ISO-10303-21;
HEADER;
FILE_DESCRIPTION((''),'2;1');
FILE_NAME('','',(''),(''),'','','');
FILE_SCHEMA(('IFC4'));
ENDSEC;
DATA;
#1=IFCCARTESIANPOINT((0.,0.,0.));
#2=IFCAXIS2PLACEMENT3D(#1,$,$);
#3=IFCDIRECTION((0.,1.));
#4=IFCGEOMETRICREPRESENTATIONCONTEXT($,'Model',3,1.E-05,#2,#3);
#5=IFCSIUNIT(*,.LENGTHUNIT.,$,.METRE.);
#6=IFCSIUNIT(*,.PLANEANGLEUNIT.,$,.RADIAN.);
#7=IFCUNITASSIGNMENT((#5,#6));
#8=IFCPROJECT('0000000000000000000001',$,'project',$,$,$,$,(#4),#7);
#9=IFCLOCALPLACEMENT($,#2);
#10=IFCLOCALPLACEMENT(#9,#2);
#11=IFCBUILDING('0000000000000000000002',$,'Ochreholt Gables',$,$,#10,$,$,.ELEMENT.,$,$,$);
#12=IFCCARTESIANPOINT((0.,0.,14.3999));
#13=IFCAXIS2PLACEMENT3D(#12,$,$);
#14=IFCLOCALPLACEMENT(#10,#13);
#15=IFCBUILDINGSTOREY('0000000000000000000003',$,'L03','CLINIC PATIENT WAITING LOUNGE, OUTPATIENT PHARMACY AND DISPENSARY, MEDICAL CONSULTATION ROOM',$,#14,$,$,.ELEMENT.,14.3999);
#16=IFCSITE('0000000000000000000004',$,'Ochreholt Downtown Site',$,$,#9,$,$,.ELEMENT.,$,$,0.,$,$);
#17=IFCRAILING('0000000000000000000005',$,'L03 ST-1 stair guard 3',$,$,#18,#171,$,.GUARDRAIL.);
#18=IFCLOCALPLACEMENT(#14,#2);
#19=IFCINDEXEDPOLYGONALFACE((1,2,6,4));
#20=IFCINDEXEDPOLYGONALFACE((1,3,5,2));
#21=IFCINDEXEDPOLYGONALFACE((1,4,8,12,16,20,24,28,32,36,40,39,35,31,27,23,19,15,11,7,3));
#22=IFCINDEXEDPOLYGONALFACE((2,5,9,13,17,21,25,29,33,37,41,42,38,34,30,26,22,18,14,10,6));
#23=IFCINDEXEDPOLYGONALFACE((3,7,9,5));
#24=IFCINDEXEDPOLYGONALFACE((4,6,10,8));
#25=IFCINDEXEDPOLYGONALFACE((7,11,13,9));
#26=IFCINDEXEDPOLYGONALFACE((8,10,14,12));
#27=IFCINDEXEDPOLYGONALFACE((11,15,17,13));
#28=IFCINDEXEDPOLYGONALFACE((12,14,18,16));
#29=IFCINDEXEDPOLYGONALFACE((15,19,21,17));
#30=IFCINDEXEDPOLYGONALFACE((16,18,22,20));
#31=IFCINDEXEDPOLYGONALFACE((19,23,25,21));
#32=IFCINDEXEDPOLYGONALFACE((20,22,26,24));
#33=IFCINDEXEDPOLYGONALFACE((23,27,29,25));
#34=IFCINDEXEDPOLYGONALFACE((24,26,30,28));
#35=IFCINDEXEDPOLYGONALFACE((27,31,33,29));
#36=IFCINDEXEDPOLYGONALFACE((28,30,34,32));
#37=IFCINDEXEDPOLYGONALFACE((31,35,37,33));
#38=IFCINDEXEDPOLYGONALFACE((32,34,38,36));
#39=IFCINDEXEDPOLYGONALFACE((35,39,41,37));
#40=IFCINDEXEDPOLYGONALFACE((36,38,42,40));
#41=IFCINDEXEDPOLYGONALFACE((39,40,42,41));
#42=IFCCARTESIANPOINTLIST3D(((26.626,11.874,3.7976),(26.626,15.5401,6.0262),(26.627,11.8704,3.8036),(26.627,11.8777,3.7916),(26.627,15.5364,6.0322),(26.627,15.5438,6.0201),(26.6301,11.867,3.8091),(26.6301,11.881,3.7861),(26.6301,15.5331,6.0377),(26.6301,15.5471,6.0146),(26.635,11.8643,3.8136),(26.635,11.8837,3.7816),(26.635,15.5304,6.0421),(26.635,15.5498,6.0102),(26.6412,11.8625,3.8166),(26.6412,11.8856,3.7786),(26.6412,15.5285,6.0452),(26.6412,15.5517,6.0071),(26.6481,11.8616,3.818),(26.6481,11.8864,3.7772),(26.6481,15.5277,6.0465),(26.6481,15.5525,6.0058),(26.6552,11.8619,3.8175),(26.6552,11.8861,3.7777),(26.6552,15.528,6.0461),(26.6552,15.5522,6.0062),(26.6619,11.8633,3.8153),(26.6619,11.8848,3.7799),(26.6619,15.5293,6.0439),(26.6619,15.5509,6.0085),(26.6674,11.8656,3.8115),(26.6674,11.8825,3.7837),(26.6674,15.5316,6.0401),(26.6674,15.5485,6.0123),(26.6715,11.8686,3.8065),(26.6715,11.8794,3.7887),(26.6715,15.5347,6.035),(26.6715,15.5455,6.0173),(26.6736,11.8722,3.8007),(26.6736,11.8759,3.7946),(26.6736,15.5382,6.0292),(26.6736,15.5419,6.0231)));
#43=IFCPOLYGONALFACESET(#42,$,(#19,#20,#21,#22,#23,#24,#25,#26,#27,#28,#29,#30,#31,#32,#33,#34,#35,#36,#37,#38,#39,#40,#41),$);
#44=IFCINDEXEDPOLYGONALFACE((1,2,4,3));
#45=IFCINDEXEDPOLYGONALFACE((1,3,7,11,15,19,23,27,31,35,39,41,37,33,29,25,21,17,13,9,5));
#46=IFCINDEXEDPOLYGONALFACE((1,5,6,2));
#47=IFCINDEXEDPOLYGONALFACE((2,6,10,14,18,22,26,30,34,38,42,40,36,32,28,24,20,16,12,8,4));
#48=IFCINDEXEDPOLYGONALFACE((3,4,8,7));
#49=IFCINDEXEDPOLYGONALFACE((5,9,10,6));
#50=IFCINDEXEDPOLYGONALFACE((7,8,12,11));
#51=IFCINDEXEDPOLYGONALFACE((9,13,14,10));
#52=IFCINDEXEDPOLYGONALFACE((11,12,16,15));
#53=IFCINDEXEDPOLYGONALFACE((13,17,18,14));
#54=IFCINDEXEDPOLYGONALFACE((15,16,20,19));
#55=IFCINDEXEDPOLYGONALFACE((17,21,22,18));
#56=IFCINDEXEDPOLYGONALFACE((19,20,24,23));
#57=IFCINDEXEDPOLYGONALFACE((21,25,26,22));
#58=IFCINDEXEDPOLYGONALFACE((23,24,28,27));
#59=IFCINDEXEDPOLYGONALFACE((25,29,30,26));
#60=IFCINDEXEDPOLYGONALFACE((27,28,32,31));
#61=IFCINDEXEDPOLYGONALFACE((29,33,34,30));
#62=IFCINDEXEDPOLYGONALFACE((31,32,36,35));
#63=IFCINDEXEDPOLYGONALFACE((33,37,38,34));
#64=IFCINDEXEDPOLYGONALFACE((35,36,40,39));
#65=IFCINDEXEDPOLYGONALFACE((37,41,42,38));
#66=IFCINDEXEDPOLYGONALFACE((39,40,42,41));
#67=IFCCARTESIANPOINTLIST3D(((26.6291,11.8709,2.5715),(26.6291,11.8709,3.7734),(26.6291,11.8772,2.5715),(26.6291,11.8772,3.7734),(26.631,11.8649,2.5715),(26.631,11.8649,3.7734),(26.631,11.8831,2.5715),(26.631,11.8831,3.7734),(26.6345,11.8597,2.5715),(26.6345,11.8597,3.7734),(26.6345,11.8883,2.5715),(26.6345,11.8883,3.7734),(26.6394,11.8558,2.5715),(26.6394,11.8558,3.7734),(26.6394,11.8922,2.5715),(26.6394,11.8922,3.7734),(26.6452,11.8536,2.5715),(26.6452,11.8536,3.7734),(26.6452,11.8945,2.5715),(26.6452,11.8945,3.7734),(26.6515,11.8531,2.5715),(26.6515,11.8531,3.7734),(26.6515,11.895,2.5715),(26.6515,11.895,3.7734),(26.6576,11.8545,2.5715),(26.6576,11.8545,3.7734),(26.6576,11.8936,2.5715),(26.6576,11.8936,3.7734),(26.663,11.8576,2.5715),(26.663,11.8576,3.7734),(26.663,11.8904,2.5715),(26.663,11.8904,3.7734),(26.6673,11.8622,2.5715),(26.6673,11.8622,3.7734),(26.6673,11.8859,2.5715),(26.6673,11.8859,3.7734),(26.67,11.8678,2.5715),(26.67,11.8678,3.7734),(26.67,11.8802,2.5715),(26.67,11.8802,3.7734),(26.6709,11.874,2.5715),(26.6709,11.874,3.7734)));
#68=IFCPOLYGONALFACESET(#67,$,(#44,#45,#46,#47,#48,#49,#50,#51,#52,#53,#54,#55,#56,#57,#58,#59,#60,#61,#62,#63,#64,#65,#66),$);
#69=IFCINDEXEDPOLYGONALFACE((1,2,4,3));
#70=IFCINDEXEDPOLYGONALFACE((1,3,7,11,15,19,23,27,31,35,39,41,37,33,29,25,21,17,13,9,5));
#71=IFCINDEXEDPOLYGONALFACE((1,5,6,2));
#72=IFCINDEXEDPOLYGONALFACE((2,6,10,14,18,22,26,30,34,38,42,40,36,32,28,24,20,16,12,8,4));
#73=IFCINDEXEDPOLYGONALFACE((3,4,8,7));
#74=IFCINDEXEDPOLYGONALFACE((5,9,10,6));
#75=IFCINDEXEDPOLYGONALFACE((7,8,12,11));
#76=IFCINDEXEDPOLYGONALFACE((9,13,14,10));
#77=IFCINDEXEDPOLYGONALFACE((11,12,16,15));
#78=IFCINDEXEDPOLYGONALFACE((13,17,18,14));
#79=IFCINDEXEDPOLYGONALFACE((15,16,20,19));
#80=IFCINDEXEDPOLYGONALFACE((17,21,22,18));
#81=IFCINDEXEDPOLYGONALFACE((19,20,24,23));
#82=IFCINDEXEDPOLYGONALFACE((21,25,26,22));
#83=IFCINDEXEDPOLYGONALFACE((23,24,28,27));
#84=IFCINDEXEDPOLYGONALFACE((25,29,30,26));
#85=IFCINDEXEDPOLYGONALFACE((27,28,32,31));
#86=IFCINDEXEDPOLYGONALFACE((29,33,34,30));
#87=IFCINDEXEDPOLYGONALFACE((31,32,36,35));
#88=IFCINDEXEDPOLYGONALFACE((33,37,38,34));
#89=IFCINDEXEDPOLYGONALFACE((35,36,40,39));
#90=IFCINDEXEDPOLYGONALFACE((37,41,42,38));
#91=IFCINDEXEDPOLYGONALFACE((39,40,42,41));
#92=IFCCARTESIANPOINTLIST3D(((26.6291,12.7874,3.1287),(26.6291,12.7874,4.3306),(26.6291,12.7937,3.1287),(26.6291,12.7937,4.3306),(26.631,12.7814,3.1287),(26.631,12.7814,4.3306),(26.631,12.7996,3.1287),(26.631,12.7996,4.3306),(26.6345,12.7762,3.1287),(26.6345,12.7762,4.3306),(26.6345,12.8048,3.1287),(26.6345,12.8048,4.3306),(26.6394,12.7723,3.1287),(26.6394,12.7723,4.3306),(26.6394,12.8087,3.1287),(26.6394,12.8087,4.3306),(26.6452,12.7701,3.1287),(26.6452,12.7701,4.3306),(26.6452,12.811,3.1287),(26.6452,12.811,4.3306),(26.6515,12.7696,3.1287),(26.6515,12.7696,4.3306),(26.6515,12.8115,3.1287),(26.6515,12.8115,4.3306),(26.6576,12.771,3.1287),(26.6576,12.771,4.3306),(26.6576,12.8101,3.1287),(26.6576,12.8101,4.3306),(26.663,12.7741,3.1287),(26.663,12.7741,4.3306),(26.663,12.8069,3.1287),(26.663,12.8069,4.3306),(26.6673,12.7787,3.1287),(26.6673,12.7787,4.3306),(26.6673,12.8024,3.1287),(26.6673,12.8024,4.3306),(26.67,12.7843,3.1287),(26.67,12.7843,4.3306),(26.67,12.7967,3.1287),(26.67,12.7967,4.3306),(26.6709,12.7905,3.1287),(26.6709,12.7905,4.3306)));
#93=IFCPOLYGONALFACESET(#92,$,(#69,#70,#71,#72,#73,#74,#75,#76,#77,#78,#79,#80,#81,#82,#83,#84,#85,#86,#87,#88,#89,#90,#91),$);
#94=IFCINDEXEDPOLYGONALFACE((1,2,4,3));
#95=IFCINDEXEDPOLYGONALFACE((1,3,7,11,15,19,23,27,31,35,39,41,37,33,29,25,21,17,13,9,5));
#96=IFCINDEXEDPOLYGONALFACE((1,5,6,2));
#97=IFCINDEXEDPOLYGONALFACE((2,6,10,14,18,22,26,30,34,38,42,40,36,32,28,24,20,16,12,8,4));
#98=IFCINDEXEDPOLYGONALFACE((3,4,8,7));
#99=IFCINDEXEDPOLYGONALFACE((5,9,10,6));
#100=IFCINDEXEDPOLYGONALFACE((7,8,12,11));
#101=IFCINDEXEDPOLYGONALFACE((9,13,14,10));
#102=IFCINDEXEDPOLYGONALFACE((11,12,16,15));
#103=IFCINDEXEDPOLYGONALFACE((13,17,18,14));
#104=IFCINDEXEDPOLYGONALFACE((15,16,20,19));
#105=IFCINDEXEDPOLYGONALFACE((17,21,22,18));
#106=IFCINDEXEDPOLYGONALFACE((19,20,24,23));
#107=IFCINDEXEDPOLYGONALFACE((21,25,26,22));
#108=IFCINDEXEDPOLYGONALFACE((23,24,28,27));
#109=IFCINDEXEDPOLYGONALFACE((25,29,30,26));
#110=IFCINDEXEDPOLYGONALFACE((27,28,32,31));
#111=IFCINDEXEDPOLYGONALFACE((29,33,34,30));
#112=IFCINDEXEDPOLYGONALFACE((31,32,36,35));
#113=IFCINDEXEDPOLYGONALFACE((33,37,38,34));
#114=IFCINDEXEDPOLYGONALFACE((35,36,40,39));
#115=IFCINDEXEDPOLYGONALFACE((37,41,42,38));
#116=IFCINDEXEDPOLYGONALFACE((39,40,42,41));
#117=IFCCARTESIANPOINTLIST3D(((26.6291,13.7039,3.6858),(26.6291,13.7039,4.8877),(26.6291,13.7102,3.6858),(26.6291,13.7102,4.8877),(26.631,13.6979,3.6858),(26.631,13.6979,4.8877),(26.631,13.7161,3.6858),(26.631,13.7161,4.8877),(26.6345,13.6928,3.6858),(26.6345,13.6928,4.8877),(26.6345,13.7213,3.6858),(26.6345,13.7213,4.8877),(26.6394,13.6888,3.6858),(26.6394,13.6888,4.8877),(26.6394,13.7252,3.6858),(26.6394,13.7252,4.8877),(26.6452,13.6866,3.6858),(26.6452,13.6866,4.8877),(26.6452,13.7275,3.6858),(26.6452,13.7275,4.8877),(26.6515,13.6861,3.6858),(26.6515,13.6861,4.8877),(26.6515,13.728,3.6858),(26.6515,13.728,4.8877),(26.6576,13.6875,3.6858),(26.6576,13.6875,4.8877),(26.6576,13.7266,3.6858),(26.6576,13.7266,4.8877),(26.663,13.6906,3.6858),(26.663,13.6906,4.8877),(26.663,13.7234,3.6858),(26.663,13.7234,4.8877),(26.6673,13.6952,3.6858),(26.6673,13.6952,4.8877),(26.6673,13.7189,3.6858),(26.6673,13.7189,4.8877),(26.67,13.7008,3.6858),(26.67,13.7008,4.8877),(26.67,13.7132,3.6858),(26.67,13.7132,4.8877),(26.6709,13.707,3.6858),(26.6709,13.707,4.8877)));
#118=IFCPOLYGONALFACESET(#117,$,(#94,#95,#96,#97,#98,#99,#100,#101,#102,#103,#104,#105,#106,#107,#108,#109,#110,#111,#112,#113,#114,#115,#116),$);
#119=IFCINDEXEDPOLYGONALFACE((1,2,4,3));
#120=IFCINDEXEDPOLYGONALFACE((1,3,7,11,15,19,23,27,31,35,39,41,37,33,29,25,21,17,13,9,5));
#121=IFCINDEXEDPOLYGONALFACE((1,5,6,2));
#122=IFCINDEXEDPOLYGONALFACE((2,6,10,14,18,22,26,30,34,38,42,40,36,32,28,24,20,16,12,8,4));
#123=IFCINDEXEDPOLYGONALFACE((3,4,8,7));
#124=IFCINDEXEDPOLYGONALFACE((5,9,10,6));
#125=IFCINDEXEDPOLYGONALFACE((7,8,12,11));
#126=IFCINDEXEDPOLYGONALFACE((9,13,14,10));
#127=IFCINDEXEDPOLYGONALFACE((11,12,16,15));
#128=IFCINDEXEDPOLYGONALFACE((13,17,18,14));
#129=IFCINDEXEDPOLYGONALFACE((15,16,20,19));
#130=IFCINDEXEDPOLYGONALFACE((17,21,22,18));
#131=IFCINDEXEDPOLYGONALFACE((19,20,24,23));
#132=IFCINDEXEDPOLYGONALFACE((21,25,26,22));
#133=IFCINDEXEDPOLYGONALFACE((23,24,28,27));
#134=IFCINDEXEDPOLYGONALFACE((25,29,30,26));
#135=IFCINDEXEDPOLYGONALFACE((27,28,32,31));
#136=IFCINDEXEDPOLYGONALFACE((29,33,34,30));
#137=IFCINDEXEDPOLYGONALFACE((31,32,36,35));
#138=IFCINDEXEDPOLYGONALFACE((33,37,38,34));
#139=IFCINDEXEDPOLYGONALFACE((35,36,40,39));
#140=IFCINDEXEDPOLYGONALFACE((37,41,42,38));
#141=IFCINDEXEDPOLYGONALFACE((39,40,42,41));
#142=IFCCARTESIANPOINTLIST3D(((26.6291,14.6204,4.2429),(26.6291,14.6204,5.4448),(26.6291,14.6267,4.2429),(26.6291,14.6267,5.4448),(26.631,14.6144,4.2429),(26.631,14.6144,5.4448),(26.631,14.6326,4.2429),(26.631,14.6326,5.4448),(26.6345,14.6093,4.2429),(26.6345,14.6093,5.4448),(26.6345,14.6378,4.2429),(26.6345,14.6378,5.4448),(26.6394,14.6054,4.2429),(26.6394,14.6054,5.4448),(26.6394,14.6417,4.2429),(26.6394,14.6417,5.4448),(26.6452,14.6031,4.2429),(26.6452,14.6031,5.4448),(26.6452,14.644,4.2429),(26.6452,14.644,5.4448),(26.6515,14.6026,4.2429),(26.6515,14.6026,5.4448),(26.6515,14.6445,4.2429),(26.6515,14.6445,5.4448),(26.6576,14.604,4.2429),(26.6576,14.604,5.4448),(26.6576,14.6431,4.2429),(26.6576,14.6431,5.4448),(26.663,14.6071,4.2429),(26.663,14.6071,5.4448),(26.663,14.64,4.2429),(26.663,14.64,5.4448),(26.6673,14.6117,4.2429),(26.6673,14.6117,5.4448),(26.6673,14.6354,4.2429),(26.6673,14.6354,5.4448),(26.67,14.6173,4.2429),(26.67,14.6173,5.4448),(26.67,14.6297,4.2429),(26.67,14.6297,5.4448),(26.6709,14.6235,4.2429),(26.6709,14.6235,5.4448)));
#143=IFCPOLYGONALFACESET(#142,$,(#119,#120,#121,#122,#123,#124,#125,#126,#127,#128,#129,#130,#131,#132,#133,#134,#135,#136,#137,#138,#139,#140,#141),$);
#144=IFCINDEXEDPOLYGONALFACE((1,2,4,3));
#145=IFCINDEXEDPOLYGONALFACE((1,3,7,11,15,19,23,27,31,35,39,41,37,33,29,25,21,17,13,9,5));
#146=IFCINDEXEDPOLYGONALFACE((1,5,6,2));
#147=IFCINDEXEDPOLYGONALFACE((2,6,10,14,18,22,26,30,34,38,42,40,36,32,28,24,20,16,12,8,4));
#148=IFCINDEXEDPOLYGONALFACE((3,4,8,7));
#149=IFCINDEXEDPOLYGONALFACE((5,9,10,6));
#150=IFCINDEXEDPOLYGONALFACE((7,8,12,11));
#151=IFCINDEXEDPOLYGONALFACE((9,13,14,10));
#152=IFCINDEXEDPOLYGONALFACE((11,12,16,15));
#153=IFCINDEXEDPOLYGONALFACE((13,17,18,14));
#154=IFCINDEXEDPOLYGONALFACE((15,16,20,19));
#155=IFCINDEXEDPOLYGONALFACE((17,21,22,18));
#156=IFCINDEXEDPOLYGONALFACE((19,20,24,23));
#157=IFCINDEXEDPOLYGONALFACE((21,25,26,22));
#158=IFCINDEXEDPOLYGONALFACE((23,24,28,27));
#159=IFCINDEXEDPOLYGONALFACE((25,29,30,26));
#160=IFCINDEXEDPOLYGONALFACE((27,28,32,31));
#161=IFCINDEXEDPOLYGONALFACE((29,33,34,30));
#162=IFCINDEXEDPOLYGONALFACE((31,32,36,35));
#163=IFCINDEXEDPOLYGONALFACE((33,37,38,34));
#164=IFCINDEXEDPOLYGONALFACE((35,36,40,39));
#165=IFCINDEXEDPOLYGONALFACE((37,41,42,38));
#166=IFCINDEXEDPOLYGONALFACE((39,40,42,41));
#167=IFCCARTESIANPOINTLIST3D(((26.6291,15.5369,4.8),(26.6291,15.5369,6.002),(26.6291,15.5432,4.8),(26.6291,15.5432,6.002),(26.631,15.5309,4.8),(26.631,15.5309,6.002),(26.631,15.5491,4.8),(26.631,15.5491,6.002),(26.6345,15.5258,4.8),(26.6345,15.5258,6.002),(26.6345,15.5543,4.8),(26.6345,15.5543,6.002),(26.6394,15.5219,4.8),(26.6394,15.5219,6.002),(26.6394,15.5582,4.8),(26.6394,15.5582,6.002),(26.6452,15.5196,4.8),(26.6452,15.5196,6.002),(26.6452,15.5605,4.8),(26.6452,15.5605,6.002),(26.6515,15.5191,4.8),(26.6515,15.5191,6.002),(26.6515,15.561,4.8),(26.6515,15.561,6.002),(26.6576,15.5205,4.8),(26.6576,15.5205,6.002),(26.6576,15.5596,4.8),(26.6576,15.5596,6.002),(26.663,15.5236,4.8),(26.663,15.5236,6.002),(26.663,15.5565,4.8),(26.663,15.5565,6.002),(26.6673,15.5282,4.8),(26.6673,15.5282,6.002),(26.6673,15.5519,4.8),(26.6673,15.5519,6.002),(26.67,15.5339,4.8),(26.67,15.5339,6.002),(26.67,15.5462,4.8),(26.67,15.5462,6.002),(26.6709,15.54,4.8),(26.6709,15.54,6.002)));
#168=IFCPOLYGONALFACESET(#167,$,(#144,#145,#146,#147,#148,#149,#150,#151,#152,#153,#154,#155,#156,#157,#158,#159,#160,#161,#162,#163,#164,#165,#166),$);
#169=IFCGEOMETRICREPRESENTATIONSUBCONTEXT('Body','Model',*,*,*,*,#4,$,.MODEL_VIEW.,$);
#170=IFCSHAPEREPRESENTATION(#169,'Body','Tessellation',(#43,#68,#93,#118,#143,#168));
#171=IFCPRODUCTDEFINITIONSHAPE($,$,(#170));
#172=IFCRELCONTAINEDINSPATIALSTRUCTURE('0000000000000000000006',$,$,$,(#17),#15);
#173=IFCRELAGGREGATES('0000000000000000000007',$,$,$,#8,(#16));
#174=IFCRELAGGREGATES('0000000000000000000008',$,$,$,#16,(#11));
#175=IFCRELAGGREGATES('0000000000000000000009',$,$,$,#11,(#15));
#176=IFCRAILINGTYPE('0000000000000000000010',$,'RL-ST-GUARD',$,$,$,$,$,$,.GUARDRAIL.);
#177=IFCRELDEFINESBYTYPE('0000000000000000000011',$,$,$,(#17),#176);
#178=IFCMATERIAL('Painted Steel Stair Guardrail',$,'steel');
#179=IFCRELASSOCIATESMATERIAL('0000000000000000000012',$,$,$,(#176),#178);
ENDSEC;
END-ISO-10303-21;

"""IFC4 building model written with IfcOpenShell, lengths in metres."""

from ifc_helpers import new_model, si_unit, direction, frame, origin, origin_2d, place, context, subcontext, project, spatial, circle, extrude, material, type_object, element, save


model = new_model("IFC4")

# Units and contexts
model_context = context("Model", 3, precision=1e-05, world=origin(), true_north=direction((0.0, 1.0)))
body_context = subcontext(model_context, "Body", "Model", "MODEL_VIEW")
ifc_project = project(units=[si_unit("LENGTHUNIT", "METRE"), si_unit("PLANEANGLEUNIT", "RADIAN")], contexts=[model_context])

# Site, building, storey
site_placement = place(None, origin())
site = spatial("IfcSite", under=ifc_project, at=site_placement, Name="Ochreholt Downtown Site", CompositionType="ELEMENT", RefElevation=0.0)
building_placement = place(site_placement, origin())
building = spatial("IfcBuilding", under=site, at=building_placement, Name="Ochreholt Gables", CompositionType="ELEMENT")
storey_placement = place(building_placement, frame((0.0, 0.0, 14.3999)))
storey = spatial("IfcBuildingStorey", under=building, at=storey_placement, Name="L03", Description="CLINIC PATIENT WAITING LOUNGE, OUTPATIENT PHARMACY AND DISPENSARY, MEDICAL CONSULTATION ROOM", CompositionType="ELEMENT", Elevation=14.3999)

# Railing
ifc_material_1 = material(Name="Painted Steel Stair Guardrail", Category="steel")
railing_type_1 = type_object("IfcRailingType", Name="RL-ST-GUARD", PredefinedType="GUARDRAIL", material=ifc_material_1)
railing_1_placement = place(storey_placement, frame((26.6499, 11.874, 2.5715)))
element("IfcRailing", 1, at=railing_1_placement, inside=storey, type_object=railing_type_1, Name="L03 ST-1 stair guard 3", PredefinedType="GUARDRAIL", context=body_context, shape_type="SweptSolid", body=[
    extrude(circle(Radius=0.0239, at=origin_2d()), frame((0.0, 0.0, 1.2261), z_axis=(0.0, 0.854506, 0.519441), x_axis=(-1.0, 0.0, 0.0)), (0.0, 0.0, 1.0), 4.2903),
    extrude(circle(Radius=0.021, at=origin_2d()), origin(), (0.0, 0.0, 1.0), 1.2019),
    extrude(circle(Radius=0.021, at=origin_2d()), frame((0.0, 0.9165, 0.5571)), (0.0, 0.0, 1.0), 1.2019),
    extrude(circle(Radius=0.021, at=origin_2d()), frame((0.0, 1.833, 1.1143)), (0.0, 0.0, 1.0), 1.2019),
    extrude(circle(Radius=0.021, at=origin_2d()), frame((0.0, 2.7495, 1.6714)), (0.0, 0.0, 1.0), 1.2019),
    extrude(circle(Radius=0.021, at=origin_2d()), frame((0.0, 3.666, 2.2285)), (0.0, 0.0, 1.0), 1.2019),
])

save(model, "model.ifc")
